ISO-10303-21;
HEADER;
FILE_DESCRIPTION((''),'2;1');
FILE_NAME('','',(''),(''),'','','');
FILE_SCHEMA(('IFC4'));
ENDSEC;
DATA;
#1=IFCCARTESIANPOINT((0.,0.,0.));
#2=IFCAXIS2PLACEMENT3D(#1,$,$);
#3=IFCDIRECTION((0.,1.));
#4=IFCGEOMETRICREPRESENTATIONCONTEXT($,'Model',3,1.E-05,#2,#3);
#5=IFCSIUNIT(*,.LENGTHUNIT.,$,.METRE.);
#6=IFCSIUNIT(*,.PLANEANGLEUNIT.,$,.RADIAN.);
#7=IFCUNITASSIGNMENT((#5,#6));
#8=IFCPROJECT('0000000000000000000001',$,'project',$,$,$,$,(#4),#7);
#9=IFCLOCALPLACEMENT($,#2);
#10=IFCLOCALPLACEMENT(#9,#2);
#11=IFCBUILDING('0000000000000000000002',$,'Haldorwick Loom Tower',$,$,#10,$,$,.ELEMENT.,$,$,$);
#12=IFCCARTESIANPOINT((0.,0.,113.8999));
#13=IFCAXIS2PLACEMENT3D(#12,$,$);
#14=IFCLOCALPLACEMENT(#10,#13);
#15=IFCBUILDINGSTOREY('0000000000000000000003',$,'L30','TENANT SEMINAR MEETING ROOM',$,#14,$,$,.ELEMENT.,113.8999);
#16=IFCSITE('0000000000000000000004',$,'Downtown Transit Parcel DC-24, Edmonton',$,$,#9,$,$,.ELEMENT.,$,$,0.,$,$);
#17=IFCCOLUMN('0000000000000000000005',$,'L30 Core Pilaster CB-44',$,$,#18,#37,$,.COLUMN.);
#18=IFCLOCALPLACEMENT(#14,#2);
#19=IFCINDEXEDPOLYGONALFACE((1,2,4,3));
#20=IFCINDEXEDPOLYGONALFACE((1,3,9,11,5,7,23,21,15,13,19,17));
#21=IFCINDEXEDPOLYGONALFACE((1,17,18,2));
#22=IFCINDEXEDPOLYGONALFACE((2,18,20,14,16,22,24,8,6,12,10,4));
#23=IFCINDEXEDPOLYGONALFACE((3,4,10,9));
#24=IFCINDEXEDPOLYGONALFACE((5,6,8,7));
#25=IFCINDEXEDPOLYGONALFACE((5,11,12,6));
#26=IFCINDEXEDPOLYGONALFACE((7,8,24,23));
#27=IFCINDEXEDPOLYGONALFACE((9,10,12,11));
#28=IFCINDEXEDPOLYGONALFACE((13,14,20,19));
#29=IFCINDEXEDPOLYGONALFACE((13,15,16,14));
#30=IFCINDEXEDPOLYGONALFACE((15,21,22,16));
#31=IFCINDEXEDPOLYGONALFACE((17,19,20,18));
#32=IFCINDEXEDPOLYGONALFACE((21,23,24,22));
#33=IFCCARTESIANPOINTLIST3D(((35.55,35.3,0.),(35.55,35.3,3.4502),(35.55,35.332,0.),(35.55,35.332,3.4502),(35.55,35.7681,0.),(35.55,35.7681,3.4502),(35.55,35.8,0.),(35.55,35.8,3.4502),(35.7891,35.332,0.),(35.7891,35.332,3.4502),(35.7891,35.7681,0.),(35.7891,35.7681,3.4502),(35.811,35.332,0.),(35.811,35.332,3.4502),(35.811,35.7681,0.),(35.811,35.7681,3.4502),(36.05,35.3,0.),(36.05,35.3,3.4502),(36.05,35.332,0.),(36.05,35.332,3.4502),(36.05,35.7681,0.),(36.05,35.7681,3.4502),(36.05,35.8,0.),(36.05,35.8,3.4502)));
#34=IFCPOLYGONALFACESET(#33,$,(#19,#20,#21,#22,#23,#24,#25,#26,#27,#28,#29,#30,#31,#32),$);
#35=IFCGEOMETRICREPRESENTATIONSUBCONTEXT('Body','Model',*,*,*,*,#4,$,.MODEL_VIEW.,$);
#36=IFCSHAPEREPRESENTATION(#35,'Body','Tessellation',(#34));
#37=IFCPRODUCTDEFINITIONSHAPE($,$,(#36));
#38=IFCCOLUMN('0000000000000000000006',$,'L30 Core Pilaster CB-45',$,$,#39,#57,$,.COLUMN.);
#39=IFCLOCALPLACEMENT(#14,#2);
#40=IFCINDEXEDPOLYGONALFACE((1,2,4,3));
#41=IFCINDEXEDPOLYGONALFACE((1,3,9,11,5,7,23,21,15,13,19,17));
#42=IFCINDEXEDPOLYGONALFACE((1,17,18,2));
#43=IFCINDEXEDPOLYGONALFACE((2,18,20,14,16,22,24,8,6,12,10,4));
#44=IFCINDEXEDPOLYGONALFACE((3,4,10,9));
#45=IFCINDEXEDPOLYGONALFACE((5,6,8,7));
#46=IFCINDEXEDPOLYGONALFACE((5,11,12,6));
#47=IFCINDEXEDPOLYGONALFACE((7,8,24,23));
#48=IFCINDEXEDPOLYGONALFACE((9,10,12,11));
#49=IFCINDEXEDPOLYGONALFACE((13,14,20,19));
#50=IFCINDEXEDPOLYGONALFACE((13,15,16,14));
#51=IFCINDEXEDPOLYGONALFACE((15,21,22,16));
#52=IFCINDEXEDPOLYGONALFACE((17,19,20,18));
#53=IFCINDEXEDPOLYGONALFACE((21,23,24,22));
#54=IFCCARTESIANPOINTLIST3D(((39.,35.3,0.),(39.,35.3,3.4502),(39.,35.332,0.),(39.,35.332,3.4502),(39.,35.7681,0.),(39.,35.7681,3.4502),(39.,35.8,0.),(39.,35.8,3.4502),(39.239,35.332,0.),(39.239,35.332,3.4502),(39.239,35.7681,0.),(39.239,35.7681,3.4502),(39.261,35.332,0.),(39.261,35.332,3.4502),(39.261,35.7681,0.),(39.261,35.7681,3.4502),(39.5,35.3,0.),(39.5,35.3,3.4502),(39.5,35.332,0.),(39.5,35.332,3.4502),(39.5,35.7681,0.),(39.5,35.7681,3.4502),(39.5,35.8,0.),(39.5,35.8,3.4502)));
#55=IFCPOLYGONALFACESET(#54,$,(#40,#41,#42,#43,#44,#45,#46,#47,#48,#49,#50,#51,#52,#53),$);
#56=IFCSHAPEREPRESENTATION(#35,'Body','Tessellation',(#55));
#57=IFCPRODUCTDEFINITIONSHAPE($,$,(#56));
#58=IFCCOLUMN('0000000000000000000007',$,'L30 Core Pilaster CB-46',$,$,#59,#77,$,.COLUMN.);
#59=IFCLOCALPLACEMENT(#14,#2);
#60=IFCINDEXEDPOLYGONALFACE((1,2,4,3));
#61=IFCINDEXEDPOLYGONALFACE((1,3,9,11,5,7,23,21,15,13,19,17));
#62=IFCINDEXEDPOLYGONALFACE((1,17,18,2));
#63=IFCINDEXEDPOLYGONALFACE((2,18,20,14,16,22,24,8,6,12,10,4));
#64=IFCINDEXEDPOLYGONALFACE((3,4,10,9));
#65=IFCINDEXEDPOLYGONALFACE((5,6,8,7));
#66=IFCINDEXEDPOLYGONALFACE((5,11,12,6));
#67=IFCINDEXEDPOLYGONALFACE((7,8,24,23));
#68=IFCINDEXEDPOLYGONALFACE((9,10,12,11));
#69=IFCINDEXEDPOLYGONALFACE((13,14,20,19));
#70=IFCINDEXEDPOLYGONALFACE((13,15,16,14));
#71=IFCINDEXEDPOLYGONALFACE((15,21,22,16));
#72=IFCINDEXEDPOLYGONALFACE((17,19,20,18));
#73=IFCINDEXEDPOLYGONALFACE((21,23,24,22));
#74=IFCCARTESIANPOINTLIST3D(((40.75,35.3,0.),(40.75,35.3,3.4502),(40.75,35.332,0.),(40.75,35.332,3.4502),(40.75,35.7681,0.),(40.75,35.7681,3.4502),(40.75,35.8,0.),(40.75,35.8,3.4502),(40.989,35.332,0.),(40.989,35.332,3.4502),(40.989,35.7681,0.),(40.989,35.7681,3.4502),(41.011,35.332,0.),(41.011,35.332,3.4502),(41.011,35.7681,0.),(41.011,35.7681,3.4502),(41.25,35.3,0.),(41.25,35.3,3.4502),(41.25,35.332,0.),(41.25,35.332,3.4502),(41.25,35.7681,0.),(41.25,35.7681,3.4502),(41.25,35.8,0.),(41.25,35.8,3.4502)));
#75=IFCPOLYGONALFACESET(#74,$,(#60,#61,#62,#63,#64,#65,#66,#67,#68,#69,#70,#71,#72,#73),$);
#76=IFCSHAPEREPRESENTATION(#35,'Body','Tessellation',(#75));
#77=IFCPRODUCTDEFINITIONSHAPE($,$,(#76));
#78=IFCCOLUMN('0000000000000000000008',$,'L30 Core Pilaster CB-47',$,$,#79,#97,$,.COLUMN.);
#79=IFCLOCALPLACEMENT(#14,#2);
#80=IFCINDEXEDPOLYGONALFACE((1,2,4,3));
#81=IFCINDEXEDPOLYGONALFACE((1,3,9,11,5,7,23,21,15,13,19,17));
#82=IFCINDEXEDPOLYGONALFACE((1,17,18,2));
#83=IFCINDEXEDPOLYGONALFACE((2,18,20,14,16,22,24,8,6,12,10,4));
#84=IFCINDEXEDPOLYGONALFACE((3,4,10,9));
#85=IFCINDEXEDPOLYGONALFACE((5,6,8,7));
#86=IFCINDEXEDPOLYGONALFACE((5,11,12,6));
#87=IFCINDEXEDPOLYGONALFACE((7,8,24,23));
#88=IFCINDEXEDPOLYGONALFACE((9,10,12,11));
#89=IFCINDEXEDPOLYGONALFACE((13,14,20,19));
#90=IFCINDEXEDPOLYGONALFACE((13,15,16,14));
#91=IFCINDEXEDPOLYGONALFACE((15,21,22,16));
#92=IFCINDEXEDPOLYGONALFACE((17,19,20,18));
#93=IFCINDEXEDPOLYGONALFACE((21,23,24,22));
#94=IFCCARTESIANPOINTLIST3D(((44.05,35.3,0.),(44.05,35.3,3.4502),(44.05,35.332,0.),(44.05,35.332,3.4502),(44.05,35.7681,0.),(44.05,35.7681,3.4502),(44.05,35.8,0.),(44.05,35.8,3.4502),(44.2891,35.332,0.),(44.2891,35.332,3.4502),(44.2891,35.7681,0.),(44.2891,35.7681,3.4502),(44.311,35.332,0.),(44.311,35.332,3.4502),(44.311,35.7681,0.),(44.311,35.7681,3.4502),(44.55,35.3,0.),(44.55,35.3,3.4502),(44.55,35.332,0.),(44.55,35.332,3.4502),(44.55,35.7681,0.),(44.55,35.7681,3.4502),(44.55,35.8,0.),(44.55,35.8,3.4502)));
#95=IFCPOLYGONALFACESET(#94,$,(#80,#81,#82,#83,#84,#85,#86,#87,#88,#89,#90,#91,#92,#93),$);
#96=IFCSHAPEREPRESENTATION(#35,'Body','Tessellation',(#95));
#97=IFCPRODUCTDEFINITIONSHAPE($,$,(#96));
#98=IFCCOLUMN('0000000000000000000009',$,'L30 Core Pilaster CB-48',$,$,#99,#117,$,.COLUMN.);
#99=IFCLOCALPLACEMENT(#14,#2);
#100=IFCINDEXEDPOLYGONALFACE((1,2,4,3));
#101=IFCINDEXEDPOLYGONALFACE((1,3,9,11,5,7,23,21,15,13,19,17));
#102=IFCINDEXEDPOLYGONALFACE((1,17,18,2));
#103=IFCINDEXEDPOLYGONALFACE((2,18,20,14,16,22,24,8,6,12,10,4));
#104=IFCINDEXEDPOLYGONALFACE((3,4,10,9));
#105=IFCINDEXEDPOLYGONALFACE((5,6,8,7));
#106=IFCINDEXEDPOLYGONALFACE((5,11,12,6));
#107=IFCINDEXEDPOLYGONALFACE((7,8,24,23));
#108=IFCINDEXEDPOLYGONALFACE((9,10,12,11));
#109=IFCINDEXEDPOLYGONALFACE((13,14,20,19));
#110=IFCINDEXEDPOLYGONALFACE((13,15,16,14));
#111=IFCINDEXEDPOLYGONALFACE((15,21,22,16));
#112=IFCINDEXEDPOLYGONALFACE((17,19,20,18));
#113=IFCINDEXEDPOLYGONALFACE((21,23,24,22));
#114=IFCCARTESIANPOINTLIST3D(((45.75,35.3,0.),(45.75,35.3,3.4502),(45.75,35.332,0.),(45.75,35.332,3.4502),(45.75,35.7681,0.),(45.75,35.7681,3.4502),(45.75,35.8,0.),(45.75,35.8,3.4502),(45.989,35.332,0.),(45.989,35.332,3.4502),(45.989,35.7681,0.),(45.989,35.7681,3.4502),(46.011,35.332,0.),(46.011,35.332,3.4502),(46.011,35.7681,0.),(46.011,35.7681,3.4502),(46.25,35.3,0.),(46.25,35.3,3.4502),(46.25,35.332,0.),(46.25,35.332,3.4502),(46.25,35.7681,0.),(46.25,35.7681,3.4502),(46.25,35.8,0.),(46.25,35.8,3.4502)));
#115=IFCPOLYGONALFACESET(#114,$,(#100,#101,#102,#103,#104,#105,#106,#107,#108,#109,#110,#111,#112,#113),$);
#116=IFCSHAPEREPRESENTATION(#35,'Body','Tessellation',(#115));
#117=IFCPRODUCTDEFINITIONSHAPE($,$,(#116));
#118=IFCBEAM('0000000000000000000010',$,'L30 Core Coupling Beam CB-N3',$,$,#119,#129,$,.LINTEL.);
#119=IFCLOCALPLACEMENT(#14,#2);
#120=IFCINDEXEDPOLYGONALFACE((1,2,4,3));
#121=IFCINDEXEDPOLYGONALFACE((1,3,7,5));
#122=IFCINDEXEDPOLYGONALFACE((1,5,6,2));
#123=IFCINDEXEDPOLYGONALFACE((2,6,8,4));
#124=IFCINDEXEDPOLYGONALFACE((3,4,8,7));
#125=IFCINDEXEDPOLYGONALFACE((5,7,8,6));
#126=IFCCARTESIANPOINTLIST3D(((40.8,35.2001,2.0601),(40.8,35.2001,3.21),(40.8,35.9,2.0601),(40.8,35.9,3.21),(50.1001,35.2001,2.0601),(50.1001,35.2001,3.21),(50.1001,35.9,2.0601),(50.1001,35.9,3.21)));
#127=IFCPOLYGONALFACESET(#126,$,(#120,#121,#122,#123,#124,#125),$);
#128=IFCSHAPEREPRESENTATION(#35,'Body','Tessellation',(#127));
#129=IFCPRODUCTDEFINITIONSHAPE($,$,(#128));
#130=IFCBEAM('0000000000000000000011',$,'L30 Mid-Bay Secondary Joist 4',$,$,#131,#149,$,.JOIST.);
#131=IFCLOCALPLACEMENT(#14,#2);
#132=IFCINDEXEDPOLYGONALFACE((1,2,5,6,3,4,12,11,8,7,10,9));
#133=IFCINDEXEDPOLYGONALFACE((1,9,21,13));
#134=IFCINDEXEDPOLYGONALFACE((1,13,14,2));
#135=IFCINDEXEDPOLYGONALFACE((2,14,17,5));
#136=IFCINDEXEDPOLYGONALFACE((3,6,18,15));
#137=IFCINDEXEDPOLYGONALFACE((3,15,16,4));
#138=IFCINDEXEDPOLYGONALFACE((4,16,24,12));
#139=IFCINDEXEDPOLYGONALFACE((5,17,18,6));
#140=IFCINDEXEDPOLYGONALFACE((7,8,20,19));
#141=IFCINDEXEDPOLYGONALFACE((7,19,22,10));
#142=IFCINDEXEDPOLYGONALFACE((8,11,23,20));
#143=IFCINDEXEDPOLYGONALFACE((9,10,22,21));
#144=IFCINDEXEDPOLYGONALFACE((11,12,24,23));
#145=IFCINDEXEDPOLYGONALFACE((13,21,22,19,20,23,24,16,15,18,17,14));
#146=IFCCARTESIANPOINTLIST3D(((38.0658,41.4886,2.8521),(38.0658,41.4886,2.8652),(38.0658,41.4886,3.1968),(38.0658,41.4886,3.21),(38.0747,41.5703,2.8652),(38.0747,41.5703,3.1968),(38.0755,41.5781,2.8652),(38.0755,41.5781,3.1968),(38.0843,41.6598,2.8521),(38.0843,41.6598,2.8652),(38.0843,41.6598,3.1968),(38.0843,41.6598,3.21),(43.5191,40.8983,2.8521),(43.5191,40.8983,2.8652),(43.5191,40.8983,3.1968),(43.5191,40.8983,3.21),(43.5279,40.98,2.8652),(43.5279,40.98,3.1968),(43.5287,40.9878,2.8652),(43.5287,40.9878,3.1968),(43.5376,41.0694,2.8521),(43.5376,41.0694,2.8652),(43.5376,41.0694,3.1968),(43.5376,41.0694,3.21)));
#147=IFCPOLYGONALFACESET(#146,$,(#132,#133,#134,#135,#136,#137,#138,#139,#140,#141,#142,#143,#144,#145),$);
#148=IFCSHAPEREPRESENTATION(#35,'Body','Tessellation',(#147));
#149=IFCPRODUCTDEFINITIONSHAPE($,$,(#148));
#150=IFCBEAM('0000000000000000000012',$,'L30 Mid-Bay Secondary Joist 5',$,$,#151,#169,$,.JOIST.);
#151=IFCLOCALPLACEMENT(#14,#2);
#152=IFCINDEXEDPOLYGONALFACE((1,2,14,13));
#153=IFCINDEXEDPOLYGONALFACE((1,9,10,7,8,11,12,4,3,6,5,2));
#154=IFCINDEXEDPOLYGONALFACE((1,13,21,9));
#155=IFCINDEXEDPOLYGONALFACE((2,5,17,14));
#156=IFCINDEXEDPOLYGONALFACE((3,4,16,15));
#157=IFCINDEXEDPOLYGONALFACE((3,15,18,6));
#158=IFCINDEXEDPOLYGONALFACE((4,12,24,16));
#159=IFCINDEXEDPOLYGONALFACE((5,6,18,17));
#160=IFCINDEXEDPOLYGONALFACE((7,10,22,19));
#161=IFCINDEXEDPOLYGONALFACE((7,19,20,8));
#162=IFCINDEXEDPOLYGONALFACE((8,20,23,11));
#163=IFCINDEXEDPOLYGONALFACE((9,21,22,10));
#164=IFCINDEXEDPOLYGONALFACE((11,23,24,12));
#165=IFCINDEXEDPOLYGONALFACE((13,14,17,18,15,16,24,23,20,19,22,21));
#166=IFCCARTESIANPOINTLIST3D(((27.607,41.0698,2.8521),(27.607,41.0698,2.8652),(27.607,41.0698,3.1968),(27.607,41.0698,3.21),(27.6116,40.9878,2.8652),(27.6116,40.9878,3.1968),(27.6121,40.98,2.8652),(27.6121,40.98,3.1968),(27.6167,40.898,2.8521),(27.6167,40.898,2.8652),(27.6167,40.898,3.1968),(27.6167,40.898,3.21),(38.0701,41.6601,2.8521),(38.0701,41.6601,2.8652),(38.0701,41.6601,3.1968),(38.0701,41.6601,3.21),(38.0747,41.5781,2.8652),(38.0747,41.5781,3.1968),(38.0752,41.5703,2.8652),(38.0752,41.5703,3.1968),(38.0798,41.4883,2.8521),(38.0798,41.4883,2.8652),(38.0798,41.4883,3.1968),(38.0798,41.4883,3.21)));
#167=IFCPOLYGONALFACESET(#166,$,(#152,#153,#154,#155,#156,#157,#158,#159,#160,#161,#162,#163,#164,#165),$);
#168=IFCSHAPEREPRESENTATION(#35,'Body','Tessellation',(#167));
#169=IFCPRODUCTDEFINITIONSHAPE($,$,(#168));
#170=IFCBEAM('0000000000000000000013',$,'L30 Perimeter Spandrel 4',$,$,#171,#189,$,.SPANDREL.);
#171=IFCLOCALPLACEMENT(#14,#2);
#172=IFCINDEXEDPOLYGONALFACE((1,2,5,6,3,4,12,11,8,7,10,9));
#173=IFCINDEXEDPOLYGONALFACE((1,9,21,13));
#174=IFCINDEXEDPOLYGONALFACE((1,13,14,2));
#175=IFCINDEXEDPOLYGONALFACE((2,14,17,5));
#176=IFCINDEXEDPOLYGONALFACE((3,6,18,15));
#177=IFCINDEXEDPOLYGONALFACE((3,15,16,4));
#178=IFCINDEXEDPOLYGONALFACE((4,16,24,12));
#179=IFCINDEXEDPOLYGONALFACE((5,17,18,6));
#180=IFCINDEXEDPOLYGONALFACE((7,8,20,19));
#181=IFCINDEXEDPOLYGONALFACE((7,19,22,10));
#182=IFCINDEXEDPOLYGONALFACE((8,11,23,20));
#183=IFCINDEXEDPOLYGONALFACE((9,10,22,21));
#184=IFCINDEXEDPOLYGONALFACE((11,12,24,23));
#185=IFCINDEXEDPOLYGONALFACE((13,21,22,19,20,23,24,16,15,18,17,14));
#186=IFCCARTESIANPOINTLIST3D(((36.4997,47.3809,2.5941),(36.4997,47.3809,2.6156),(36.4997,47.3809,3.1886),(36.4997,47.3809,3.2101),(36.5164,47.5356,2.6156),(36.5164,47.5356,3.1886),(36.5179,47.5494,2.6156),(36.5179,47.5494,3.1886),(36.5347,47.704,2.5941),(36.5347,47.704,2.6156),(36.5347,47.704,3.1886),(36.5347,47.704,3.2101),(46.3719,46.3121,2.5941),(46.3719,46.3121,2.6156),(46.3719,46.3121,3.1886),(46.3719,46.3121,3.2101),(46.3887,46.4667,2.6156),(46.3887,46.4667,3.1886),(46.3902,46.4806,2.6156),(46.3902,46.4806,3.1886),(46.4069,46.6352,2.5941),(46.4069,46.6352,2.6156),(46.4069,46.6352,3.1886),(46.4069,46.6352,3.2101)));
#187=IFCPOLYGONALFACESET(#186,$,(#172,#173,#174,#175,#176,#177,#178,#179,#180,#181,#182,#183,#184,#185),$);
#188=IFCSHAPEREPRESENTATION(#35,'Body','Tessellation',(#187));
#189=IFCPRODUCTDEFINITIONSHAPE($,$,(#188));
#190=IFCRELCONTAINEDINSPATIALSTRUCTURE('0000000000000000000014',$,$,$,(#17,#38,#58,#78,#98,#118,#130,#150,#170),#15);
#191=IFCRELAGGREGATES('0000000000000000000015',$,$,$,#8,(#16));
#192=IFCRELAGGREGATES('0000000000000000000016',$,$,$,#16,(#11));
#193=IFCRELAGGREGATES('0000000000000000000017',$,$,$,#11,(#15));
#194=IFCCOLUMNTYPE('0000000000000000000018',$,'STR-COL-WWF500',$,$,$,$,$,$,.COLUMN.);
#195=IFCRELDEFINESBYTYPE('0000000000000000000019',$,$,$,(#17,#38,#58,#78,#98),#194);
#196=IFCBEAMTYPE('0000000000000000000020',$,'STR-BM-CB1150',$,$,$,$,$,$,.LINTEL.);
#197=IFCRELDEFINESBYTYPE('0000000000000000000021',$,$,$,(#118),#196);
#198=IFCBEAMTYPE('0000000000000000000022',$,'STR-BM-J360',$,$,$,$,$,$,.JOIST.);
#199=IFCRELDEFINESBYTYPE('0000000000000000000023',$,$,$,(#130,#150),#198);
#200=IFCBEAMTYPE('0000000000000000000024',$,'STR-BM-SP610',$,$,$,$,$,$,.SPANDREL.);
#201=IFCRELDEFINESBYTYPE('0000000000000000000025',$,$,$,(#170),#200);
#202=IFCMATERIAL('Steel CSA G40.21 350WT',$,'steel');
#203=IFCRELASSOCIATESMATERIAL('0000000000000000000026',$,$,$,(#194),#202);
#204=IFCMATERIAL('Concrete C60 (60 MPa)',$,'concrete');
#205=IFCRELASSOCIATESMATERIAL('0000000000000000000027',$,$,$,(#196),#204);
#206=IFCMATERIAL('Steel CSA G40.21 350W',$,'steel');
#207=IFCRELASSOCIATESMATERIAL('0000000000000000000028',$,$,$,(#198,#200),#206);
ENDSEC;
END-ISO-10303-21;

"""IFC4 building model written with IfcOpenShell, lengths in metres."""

from ifc_helpers import new_model, si_unit, direction, frame, origin, origin_2d, place, context, subcontext, project, spatial, rectangle, i_section, extrude, material, material_profile, profile_set, type_object, element, save


model = new_model("IFC4")

# Units and contexts
model_context = context("Model", 3, precision=1e-05, world=origin(), true_north=direction((0.0, 1.0)))
body_context = subcontext(model_context, "Body", "Model", "MODEL_VIEW")
ifc_project = project(units=[si_unit("LENGTHUNIT", "METRE"), si_unit("PLANEANGLEUNIT", "RADIAN")], contexts=[model_context])

# Site, building, storey
site_placement = place(None, origin())
site = spatial("IfcSite", under=ifc_project, at=site_placement, Name="Downtown Transit Parcel DC-24, Edmonton", CompositionType="ELEMENT", RefElevation=0.0)
building_placement = place(site_placement, origin())
building = spatial("IfcBuilding", under=site, at=building_placement, Name="Haldorwick Loom Tower", CompositionType="ELEMENT")
storey_placement = place(building_placement, frame((0.0, 0.0, 113.8999)))
storey = spatial("IfcBuildingStorey", under=building, at=storey_placement, Name="L30", Description="TENANT SEMINAR MEETING ROOM", CompositionType="ELEMENT", Elevation=113.8999)

# Columns
ifc_material_1 = material(Name="Concrete C60 (60 MPa)", Category="concrete")
ifc_material_2 = material(Name="Steel CSA G40.21 350WT", Category="steel")
ifc_material_profile_1 = material_profile(ifc_material_2, i_section(OverallWidth=0.5, OverallDepth=0.5, WebThickness=0.022, FlangeThickness=0.032, at=origin_2d()), Name="WWF500X500", Category="steel")
ifc_profile_set_1 = profile_set([ifc_material_profile_1], Name="Steel CSA G40.21 350WT")
column_type_1 = type_object("IfcColumnType", Name="STR-COL-WWF500", PredefinedType="COLUMN", material=ifc_profile_set_1)
for number, where, z_axis, x_axis, name in (
    (1, (35.8, 35.55, 0.0), (0.0, 0.0, 1.0), (1.0, 0.0, 0.0), "L30 Core Pilaster CB-44"),
    (2, (39.25, 35.55, 0.0), (0.0, 0.0, 1.0), (1.0, 0.0, 0.0), "L30 Core Pilaster CB-45"),
    (3, (41.0, 35.55, 0.0), (0.0, 0.0, 1.0), (1.0, 0.0, 0.0), "L30 Core Pilaster CB-46"),
    (4, (44.3, 35.55, 0.0), (0.0, 0.0, 1.0), (1.0, 0.0, 0.0), "L30 Core Pilaster CB-47"),
    (5, (46.0, 35.55, 0.0), (0.0, 0.0, 1.0), (1.0, 0.0, 0.0), "L30 Core Pilaster CB-48"),
):
    element("IfcColumn", number, at=place(storey_placement, frame(where, z_axis=z_axis, x_axis=x_axis)), inside=storey, type_object=column_type_1, Name=name, PredefinedType="COLUMN", context=body_context, shape_type="SweptSolid", body=[
        extrude(i_section(OverallWidth=0.5, OverallDepth=0.5, WebThickness=0.022, FlangeThickness=0.032, at=origin_2d()), origin(), (0.0, 0.0, 1.0), 3.4502),
    ])

# Beams
ifc_material_profile_2 = material_profile(ifc_material_1, rectangle(XDim=0.7, YDim=1.1499, at=origin_2d()), Name="RC700X1150", Category="concrete")
ifc_profile_set_2 = profile_set([ifc_material_profile_2], Name="Concrete C60 (60 MPa)")
beam_type_1 = type_object("IfcBeamType", Name="STR-BM-CB1150", PredefinedType="LINTEL", material=ifc_profile_set_2)
beam_1_placement = place(storey_placement, frame((40.8, 35.55, 2.635), z_axis=(1.0, 0.0, 0.0), x_axis=(0.0, 1.0, 0.0)))
element("IfcBeam", 6, at=beam_1_placement, inside=storey, type_object=beam_type_1, Name="L30 Core Coupling Beam CB-N3", PredefinedType="LINTEL", context=body_context, shape_type="SweptSolid", body=[
    extrude(rectangle(XDim=0.7, YDim=1.1499, at=origin_2d()), origin(), (0.0, 0.0, 1.0), 9.3),
])
ifc_material_3 = material(Name="Steel CSA G40.21 350W", Category="steel")
ifc_material_profile_3 = material_profile(ifc_material_3, i_section(OverallWidth=0.1721, OverallDepth=0.3579, WebThickness=0.0078, FlangeThickness=0.0132, at=origin_2d()), Name="W360X57", Category="steel")
ifc_profile_set_3 = profile_set([ifc_material_profile_3], Name="Steel CSA G40.21 350W")
beam_type_2 = type_object("IfcBeamType", Name="STR-BM-J360", PredefinedType="JOIST", material=ifc_profile_set_3)
beam_2_placement = place(storey_placement, frame((43.5283, 40.9839, 3.031), z_axis=(-0.994192, 0.107622, 0.0), x_axis=(-0.107622, -0.994192, 0.0)))
element("IfcBeam", 7, at=beam_2_placement, inside=storey, type_object=beam_type_2, Name="L30 Mid-Bay Secondary Joist 4", PredefinedType="JOIST", context=body_context, shape_type="SweptSolid", body=[
    extrude(i_section(OverallWidth=0.1721, OverallDepth=0.3579, WebThickness=0.0078, FlangeThickness=0.0132, at=origin_2d()), origin(), (0.0, 0.0, 1.0), 5.4851),
])
beam_3_placement = place(storey_placement, frame((38.075, 41.5742, 3.031), z_axis=(-0.998412, -0.056331, 0.0), x_axis=(0.056331, -0.998412, 0.0)))
element("IfcBeam", 8, at=beam_3_placement, inside=storey, type_object=beam_type_2, Name="L30 Mid-Bay Secondary Joist 5", PredefinedType="JOIST", context=body_context, shape_type="SweptSolid", body=[
    extrude(i_section(OverallWidth=0.1721, OverallDepth=0.3579, WebThickness=0.0078, FlangeThickness=0.0132, at=origin_2d()), origin(), (0.0, 0.0, 1.0), 10.4797),
])
ifc_material_profile_4 = material_profile(ifc_material_3, i_section(OverallWidth=0.325, OverallDepth=0.616, WebThickness=0.0139, FlangeThickness=0.0215, at=origin_2d()), Name="W610X174", Category="steel")
ifc_profile_set_4 = profile_set([ifc_material_profile_4], Name="Steel CSA G40.21 350W")
beam_type_3 = type_object("IfcBeamType", Name="STR-BM-SP610", PredefinedType="SPANDREL", material=ifc_profile_set_4)
beam_4_placement = place(storey_placement, frame((46.3894, 46.4736, 2.9021), z_axis=(-0.99419, 0.107638, 0.0), x_axis=(-0.107638, -0.99419, 0.0)))
element("IfcBeam", 9, at=beam_4_placement, inside=storey, type_object=beam_type_3, Name="L30 Perimeter Spandrel 4", PredefinedType="SPANDREL", context=body_context, shape_type="SweptSolid", body=[
    extrude(i_section(OverallWidth=0.325, OverallDepth=0.616, WebThickness=0.0139, FlangeThickness=0.0215, at=origin_2d()), origin(), (0.0, 0.0, 1.0), 9.9299),
])

save(model, "model.ifc")
